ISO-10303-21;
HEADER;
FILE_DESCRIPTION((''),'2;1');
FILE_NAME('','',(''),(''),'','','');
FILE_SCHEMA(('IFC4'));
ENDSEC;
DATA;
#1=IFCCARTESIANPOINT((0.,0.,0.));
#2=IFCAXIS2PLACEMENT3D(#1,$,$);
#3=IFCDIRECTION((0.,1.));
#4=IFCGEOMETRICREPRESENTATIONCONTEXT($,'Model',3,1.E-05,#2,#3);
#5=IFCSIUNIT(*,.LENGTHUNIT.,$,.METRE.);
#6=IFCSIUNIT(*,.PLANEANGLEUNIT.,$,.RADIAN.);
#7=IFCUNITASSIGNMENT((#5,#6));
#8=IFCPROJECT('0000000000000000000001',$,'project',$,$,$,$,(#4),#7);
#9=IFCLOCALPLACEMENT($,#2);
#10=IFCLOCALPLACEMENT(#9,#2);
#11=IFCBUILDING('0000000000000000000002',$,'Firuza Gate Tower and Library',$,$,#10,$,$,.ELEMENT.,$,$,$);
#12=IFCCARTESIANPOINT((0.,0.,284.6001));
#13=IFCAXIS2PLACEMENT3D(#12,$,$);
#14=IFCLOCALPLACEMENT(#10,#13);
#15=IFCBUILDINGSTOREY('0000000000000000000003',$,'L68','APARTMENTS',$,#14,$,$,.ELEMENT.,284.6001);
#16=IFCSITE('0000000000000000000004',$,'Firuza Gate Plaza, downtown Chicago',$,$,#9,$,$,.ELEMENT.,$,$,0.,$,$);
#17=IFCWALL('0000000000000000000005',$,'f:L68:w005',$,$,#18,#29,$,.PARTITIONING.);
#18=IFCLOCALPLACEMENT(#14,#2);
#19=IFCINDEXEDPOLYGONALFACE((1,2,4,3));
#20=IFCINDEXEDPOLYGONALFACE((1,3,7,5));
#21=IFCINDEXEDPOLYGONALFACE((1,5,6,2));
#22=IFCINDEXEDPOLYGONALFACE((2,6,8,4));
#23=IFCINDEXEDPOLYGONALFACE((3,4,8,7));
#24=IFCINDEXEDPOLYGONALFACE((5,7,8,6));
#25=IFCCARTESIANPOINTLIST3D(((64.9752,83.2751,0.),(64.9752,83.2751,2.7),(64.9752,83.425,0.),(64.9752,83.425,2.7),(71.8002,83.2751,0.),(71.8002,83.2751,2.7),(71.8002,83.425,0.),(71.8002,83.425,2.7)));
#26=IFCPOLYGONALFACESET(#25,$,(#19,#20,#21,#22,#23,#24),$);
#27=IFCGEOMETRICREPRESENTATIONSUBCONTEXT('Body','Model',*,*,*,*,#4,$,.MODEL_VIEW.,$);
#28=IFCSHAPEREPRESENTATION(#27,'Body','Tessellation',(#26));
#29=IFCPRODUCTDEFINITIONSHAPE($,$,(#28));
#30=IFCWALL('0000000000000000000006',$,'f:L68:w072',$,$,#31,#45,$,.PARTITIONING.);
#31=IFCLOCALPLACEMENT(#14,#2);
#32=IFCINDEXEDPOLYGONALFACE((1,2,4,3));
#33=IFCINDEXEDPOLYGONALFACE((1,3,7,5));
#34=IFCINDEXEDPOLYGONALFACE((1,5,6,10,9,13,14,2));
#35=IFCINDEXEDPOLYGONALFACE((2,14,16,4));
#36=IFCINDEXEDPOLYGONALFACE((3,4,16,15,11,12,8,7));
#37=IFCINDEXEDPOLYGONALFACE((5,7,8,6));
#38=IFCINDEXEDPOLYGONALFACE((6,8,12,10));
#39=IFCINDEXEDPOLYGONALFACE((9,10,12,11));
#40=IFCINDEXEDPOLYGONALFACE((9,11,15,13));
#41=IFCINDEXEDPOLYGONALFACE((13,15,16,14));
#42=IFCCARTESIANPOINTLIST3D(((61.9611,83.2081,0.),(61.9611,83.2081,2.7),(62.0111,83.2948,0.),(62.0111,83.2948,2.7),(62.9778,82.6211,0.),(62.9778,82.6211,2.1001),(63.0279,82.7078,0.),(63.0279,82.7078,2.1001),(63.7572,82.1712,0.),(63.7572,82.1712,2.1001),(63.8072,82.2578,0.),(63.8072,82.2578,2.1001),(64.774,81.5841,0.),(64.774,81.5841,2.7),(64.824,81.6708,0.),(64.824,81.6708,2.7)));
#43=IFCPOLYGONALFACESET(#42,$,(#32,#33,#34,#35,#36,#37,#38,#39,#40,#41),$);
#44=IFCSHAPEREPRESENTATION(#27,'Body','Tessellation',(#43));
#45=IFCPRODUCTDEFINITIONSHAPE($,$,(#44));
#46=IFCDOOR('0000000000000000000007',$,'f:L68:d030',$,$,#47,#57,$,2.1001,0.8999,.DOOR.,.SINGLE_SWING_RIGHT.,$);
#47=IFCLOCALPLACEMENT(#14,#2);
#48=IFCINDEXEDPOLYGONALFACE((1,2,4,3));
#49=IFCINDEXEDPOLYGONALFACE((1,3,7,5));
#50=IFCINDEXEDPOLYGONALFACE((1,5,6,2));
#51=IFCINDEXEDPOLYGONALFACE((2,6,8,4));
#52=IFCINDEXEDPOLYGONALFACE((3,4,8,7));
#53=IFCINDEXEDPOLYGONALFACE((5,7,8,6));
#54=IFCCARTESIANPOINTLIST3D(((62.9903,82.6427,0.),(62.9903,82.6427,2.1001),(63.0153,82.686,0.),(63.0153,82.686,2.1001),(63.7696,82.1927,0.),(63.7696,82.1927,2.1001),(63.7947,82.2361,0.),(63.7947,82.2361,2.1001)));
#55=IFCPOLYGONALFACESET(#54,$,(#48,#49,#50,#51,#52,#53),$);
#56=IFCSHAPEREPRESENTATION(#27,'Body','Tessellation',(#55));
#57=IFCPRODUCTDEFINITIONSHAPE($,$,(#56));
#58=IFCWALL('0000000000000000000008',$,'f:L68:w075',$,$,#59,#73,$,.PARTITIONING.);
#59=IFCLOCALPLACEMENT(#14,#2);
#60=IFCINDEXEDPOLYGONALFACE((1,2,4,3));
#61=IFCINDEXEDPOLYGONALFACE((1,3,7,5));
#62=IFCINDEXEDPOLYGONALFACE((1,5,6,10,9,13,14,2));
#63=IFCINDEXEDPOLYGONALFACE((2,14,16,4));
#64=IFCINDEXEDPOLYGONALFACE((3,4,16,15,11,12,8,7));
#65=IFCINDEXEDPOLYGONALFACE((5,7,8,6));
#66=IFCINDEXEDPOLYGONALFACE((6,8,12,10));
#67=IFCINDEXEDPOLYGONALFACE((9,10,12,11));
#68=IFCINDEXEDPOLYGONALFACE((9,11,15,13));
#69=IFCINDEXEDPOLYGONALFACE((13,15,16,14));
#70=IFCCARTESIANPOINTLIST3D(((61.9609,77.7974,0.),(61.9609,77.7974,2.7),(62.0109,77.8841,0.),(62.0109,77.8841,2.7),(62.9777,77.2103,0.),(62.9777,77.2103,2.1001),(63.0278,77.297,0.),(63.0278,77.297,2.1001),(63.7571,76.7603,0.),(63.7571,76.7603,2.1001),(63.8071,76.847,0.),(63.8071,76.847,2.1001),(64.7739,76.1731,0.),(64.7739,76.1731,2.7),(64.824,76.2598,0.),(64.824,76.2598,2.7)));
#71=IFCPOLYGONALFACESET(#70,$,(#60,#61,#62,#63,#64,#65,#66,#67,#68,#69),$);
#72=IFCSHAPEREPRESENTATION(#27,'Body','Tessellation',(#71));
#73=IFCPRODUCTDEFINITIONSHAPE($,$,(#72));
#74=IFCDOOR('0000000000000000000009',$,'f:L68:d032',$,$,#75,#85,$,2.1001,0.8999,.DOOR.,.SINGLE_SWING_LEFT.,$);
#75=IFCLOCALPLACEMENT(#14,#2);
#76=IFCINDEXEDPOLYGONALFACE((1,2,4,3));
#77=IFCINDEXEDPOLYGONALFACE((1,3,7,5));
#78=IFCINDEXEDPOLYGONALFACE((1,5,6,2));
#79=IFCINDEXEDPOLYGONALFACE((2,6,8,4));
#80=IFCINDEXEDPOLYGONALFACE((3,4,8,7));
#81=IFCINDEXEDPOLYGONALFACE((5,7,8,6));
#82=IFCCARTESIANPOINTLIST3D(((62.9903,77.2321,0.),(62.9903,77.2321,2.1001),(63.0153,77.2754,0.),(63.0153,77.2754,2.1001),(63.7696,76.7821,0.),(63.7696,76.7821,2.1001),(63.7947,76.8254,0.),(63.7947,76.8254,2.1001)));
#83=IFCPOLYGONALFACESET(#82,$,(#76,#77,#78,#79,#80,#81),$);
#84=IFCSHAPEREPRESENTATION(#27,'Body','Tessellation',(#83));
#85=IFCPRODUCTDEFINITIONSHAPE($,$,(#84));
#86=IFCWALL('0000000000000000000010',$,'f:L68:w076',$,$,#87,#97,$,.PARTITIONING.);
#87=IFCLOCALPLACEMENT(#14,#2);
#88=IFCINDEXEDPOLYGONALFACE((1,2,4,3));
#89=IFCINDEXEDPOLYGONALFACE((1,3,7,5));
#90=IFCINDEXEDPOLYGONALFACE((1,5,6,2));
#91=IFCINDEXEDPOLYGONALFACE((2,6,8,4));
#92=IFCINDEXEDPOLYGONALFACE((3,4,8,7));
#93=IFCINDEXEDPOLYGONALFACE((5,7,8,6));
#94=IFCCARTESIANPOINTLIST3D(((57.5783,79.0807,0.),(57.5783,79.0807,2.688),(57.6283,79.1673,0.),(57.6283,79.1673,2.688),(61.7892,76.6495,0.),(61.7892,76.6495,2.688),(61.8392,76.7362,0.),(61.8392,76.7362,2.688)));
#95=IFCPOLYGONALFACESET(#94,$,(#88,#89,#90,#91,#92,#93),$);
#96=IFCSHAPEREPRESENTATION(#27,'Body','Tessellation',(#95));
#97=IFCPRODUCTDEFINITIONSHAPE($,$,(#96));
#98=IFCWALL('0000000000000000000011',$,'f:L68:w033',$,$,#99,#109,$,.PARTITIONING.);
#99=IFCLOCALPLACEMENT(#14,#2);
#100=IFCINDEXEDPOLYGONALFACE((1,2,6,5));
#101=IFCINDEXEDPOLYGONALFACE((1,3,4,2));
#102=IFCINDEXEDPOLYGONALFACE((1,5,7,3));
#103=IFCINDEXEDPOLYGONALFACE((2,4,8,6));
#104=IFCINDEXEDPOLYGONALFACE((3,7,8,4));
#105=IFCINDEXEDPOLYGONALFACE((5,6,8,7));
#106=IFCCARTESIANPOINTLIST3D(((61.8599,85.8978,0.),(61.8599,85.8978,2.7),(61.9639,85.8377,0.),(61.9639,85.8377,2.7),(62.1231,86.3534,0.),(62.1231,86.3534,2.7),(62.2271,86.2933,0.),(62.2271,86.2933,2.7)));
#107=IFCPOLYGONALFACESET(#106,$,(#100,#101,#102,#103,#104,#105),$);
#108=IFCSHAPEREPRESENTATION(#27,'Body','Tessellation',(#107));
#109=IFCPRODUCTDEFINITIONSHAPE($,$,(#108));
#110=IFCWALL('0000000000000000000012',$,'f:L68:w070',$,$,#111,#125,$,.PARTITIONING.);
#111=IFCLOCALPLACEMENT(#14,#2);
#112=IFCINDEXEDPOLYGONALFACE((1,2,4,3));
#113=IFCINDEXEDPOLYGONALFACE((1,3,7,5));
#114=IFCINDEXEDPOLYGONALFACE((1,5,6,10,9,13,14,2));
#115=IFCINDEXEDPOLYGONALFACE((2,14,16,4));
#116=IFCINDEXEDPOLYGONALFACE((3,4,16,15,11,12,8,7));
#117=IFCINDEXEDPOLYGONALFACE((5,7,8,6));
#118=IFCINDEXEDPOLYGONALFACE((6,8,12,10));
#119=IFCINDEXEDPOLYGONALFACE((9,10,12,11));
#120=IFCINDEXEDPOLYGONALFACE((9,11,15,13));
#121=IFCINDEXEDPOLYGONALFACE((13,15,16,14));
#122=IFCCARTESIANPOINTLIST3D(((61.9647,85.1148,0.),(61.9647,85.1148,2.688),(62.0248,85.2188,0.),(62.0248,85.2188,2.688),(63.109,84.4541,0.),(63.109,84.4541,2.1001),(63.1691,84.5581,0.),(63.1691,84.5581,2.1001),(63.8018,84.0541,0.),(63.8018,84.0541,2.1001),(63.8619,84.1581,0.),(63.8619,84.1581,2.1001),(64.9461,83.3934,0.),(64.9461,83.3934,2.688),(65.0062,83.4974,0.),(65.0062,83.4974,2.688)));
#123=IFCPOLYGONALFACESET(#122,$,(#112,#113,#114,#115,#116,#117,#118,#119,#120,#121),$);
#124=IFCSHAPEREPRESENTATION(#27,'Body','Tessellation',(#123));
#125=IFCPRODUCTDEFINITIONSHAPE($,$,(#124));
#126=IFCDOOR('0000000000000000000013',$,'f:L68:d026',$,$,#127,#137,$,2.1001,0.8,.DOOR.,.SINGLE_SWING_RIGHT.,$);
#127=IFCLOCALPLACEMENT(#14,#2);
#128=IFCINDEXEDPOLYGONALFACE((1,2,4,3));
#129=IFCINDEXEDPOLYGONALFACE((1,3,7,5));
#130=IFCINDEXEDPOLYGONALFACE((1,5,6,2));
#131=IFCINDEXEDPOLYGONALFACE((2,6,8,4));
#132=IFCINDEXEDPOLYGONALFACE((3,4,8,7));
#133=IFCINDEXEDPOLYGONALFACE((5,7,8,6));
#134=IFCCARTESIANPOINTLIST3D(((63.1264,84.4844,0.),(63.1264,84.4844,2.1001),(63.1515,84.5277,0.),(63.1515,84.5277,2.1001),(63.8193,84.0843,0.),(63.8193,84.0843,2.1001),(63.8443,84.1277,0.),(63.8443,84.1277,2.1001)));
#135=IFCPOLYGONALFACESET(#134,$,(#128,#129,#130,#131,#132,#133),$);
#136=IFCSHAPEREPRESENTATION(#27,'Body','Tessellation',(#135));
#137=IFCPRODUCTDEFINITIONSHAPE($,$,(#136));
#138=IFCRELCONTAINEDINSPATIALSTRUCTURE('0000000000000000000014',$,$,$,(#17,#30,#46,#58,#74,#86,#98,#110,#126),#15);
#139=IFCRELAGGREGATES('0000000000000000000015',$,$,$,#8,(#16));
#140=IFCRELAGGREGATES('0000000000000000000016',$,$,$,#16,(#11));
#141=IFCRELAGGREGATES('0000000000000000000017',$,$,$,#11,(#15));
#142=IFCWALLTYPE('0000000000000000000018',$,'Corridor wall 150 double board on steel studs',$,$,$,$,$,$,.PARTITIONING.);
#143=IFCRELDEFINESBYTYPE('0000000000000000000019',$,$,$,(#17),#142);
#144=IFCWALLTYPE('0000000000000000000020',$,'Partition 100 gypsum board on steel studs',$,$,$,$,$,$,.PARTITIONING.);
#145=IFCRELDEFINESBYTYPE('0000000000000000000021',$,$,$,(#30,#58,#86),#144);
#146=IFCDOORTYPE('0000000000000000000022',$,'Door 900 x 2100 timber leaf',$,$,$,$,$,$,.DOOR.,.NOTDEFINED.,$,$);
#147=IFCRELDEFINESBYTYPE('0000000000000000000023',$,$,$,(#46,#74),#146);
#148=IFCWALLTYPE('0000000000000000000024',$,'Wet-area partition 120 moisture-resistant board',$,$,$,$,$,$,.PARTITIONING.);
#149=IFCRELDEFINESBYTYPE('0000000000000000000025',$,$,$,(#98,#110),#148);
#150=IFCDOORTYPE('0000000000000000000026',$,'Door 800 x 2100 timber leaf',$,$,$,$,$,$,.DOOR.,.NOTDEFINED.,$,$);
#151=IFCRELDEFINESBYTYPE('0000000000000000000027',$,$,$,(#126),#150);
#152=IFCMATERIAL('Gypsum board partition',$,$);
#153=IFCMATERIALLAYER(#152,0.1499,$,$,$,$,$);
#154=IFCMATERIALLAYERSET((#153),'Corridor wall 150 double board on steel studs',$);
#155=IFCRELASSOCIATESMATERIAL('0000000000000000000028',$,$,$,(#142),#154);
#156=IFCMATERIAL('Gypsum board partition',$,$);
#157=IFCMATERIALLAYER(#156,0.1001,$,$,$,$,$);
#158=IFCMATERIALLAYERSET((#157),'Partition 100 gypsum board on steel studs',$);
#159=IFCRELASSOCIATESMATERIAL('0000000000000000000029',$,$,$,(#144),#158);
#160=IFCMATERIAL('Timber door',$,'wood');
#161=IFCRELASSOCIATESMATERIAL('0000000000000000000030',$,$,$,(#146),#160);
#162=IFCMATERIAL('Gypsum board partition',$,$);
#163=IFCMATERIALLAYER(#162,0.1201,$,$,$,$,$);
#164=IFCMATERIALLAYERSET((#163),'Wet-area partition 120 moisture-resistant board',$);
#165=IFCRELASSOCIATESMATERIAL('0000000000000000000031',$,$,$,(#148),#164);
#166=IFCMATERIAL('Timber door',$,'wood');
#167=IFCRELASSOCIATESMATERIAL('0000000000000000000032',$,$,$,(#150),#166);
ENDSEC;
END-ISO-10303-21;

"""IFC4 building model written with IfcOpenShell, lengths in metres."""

from ifc_helpers import new_model, si_unit, direction, frame, frame_2d, origin, place, context, subcontext, project, spatial, rectangle, extrude, material, layer, layer_set, type_object, element, fill, save


model = new_model("IFC4")

# Units and contexts
model_context = context("Model", 3, precision=1e-05, world=origin(), true_north=direction((0.0, 1.0)))
body_context = subcontext(model_context, "Body", "Model", "MODEL_VIEW")
ifc_project = project(units=[si_unit("LENGTHUNIT", "METRE"), si_unit("PLANEANGLEUNIT", "RADIAN")], contexts=[model_context])

# Site, building, storey
site_placement = place(None, origin())
site = spatial("IfcSite", under=ifc_project, at=site_placement, Name="Firuza Gate Plaza, downtown Chicago", CompositionType="ELEMENT", RefElevation=0.0)
building_placement = place(site_placement, origin())
building = spatial("IfcBuilding", under=site, at=building_placement, Name="Firuza Gate Tower and Library", CompositionType="ELEMENT")
storey_placement = place(building_placement, frame((0.0, 0.0, 284.6001)))
storey = spatial("IfcBuildingStorey", under=building, at=storey_placement, Name="L68", Description="APARTMENTS", CompositionType="ELEMENT", Elevation=284.6001)

# Wall
ifc_material_1 = material(Name="Gypsum board partition")
ifc_layer_1 = layer(ifc_material_1, 0.1499)
ifc_layer_set_1 = layer_set([ifc_layer_1], Name="Corridor wall 150 double board on steel studs")
wall_type_1 = type_object("IfcWallType", Name="Corridor wall 150 double board on steel studs", PredefinedType="PARTITIONING", material=ifc_layer_set_1)
wall_1_placement = place(storey_placement, frame((64.9751, 83.3501, 0.0), z_axis=(0.0, 0.0, 1.0), x_axis=(1.0, 0.0, 0.0)))
element("IfcWall", 1, at=wall_1_placement, inside=storey, type_object=wall_type_1, Name="f:L68:w005", PredefinedType="PARTITIONING", context=body_context, shape_type="SweptSolid", body=[
    extrude(rectangle(XDim=6.825, YDim=0.1499, at=frame_2d((3.4126, 0.0))), origin(), (0.0, 0.0, 1.0), 2.7),
])

# Walls, openings, doors
ifc_material_2 = material(Name="Gypsum board partition")
ifc_layer_2 = layer(ifc_material_2, 0.1001)
ifc_layer_set_2 = layer_set([ifc_layer_2], Name="Partition 100 gypsum board on steel studs")
wall_type_2 = type_object("IfcWallType", Name="Partition 100 gypsum board on steel studs", PredefinedType="PARTITIONING", material=ifc_layer_set_2)
wall_2_placement = place(storey_placement, frame((61.9861, 83.2515, 0.0), z_axis=(0.0, 0.0, 1.0), x_axis=(0.866033, -0.499987, 0.0)))
wall_2 = element("IfcWall", 2, at=wall_2_placement, inside=storey, type_object=wall_type_2, Name="f:L68:w072", PredefinedType="PARTITIONING", context=body_context, shape_type="SweptSolid", body=[
    extrude(rectangle(XDim=3.248, YDim=0.1001, at=frame_2d((1.624, 0.0))), origin(), (0.0, 0.0, 1.0), 2.7),
])
opening_1_placement = place(wall_2_placement, frame((1.1741, 0.0, 0.0)))
opening_1 = element("IfcOpeningElement", 3, at=opening_1_placement, cuts=wall_2, PredefinedType="OPENING", context=body_context, shape_type="SweptSolid", body=[
    extrude(rectangle(XDim=0.8999, YDim=2.1001, at=frame_2d((0.45, 1.05))), frame((0.0, 0.0601, 0.0), z_axis=(0.0, -1.0, 0.0), x_axis=(1.0, 0.0, 0.0)), (0.0, 0.0, 1.0), 0.1201),
])
ifc_material_3 = material(Name="Timber door", Category="wood")
door_type_1 = type_object("IfcDoorType", Name="Door 900 x 2100 timber leaf", OperationType="NOTDEFINED", PredefinedType="DOOR", material=ifc_material_3)
door_1_placement = place(opening_1_placement, origin())
door_1 = element("IfcDoor", 4, at=door_1_placement, inside=storey, type_object=door_type_1, Name="f:L68:d030", OperationType="SINGLE_SWING_RIGHT", OverallHeight=2.1001, OverallWidth=0.8999, PredefinedType="DOOR", context=body_context, shape_type="SweptSolid", body=[
    extrude(rectangle(XDim=0.8999, YDim=2.1001, at=frame_2d((0.45, 1.05))), frame((0.0, 0.0249, 0.0), z_axis=(0.0, -1.0, 0.0), x_axis=(1.0, 0.0, 0.0)), (0.0, 0.0, 1.0), 0.05),
])
fill(opening_1, door_1)
wall_3_placement = place(storey_placement, frame((64.7988, 76.2166, 0.0), z_axis=(0.0, 0.0, 1.0), x_axis=(-0.866, 0.500043, 0.0)))
wall_3 = element("IfcWall", 5, at=wall_3_placement, inside=storey, type_object=wall_type_2, Name="f:L68:w075", PredefinedType="PARTITIONING", context=body_context, shape_type="SweptSolid", body=[
    extrude(rectangle(XDim=3.2483, YDim=0.1001, at=frame_2d((1.624, 0.0))), origin(), (0.0, 0.0, 1.0), 2.7),
])
opening_2_placement = place(wall_3_placement, frame((1.1741, 0.0, 0.0)))
opening_2 = element("IfcOpeningElement", 6, at=opening_2_placement, cuts=wall_3, PredefinedType="OPENING", context=body_context, shape_type="SweptSolid", body=[
    extrude(rectangle(XDim=0.8999, YDim=2.1001, at=frame_2d((0.45, 1.05))), frame((0.0, 0.0601, 0.0), z_axis=(0.0, -1.0, 0.0), x_axis=(1.0, 0.0, 0.0)), (0.0, 0.0, 1.0), 0.1201),
])
door_2_placement = place(opening_2_placement, origin())
door_2 = element("IfcDoor", 7, at=door_2_placement, inside=storey, type_object=door_type_1, Name="f:L68:d032", OperationType="SINGLE_SWING_LEFT", OverallHeight=2.1001, OverallWidth=0.8999, PredefinedType="DOOR", context=body_context, shape_type="SweptSolid", body=[
    extrude(rectangle(XDim=0.8999, YDim=2.1001, at=frame_2d((0.45, 1.05))), frame((0.0, 0.0249, 0.0), z_axis=(0.0, -1.0, 0.0), x_axis=(1.0, 0.0, 0.0)), (0.0, 0.0, 1.0), 0.05),
])
fill(opening_2, door_2)

# Walls
wall_4_placement = place(storey_placement, frame((61.8142, 76.6929, 0.0), z_axis=(0.0, 0.0, 1.0), x_axis=(-0.866028, 0.499995, 0.0)))
element("IfcWall", 8, at=wall_4_placement, inside=storey, type_object=wall_type_2, Name="f:L68:w076", PredefinedType="PARTITIONING", context=body_context, shape_type="SweptSolid", body=[
    extrude(rectangle(XDim=4.8623, YDim=0.1001, at=frame_2d((2.4312, 0.0))), origin(), (0.0, 0.0, 1.0), 2.688),
])
ifc_material_4 = material(Name="Gypsum board partition")
ifc_layer_3 = layer(ifc_material_4, 0.1201)
ifc_layer_set_3 = layer_set([ifc_layer_3], Name="Wet-area partition 120 moisture-resistant board")
wall_type_3 = type_object("IfcWallType", Name="Wet-area partition 120 moisture-resistant board", PredefinedType="PARTITIONING", material=ifc_layer_set_3)
wall_5_placement = place(storey_placement, frame((61.9119, 85.8677, 0.0), z_axis=(0.0, 0.0, 1.0), x_axis=(0.500231, 0.865892, 0.0)))
element("IfcWall", 9, at=wall_5_placement, inside=storey, type_object=wall_type_3, Name="f:L68:w033", PredefinedType="PARTITIONING", context=body_context, shape_type="SweptSolid", body=[
    extrude(rectangle(XDim=0.5261, YDim=0.1201, at=frame_2d((0.2632, 0.0))), origin(), (0.0, 0.0, 1.0), 2.7),
])

# Wall, opening, door
wall_6_placement = place(storey_placement, frame((61.9949, 85.1667, 0.0), z_axis=(0.0, 0.0, 1.0), x_axis=(0.866013, -0.500021, 0.0)))
wall_6 = element("IfcWall", 10, at=wall_6_placement, inside=storey, type_object=wall_type_3, Name="f:L68:w070", PredefinedType="PARTITIONING", context=body_context, shape_type="SweptSolid", body=[
    extrude(rectangle(XDim=3.4426, YDim=0.1201, at=frame_2d((1.7212, 0.0))), origin(), (0.0, 0.0, 1.0), 2.688),
])
opening_3_placement = place(wall_6_placement, frame((1.3213, 0.0, 0.0)))
opening_3 = element("IfcOpeningElement", 11, at=opening_3_placement, cuts=wall_6, PredefinedType="OPENING", context=body_context, shape_type="SweptSolid", body=[
    extrude(rectangle(XDim=0.8, YDim=2.1001, at=frame_2d((0.3999, 1.05))), frame((0.0, 0.0701, 0.0), z_axis=(0.0, -1.0, 0.0), x_axis=(1.0, 0.0, 0.0)), (0.0, 0.0, 1.0), 0.1401),
])
ifc_material_5 = material(Name="Timber door", Category="wood")
door_type_2 = type_object("IfcDoorType", Name="Door 800 x 2100 timber leaf", OperationType="NOTDEFINED", PredefinedType="DOOR", material=ifc_material_5)
door_3_placement = place(opening_3_placement, origin())
door_3 = element("IfcDoor", 12, at=door_3_placement, inside=storey, type_object=door_type_2, Name="f:L68:d026", OperationType="SINGLE_SWING_RIGHT", OverallHeight=2.1001, OverallWidth=0.8, PredefinedType="DOOR", context=body_context, shape_type="SweptSolid", body=[
    extrude(rectangle(XDim=0.8, YDim=2.1001, at=frame_2d((0.3999, 1.05))), frame((0.0, 0.0249, 0.0), z_axis=(0.0, -1.0, 0.0), x_axis=(1.0, 0.0, 0.0)), (0.0, 0.0, 1.0), 0.05),
])
fill(opening_3, door_3)

save(model, "model.ifc")
